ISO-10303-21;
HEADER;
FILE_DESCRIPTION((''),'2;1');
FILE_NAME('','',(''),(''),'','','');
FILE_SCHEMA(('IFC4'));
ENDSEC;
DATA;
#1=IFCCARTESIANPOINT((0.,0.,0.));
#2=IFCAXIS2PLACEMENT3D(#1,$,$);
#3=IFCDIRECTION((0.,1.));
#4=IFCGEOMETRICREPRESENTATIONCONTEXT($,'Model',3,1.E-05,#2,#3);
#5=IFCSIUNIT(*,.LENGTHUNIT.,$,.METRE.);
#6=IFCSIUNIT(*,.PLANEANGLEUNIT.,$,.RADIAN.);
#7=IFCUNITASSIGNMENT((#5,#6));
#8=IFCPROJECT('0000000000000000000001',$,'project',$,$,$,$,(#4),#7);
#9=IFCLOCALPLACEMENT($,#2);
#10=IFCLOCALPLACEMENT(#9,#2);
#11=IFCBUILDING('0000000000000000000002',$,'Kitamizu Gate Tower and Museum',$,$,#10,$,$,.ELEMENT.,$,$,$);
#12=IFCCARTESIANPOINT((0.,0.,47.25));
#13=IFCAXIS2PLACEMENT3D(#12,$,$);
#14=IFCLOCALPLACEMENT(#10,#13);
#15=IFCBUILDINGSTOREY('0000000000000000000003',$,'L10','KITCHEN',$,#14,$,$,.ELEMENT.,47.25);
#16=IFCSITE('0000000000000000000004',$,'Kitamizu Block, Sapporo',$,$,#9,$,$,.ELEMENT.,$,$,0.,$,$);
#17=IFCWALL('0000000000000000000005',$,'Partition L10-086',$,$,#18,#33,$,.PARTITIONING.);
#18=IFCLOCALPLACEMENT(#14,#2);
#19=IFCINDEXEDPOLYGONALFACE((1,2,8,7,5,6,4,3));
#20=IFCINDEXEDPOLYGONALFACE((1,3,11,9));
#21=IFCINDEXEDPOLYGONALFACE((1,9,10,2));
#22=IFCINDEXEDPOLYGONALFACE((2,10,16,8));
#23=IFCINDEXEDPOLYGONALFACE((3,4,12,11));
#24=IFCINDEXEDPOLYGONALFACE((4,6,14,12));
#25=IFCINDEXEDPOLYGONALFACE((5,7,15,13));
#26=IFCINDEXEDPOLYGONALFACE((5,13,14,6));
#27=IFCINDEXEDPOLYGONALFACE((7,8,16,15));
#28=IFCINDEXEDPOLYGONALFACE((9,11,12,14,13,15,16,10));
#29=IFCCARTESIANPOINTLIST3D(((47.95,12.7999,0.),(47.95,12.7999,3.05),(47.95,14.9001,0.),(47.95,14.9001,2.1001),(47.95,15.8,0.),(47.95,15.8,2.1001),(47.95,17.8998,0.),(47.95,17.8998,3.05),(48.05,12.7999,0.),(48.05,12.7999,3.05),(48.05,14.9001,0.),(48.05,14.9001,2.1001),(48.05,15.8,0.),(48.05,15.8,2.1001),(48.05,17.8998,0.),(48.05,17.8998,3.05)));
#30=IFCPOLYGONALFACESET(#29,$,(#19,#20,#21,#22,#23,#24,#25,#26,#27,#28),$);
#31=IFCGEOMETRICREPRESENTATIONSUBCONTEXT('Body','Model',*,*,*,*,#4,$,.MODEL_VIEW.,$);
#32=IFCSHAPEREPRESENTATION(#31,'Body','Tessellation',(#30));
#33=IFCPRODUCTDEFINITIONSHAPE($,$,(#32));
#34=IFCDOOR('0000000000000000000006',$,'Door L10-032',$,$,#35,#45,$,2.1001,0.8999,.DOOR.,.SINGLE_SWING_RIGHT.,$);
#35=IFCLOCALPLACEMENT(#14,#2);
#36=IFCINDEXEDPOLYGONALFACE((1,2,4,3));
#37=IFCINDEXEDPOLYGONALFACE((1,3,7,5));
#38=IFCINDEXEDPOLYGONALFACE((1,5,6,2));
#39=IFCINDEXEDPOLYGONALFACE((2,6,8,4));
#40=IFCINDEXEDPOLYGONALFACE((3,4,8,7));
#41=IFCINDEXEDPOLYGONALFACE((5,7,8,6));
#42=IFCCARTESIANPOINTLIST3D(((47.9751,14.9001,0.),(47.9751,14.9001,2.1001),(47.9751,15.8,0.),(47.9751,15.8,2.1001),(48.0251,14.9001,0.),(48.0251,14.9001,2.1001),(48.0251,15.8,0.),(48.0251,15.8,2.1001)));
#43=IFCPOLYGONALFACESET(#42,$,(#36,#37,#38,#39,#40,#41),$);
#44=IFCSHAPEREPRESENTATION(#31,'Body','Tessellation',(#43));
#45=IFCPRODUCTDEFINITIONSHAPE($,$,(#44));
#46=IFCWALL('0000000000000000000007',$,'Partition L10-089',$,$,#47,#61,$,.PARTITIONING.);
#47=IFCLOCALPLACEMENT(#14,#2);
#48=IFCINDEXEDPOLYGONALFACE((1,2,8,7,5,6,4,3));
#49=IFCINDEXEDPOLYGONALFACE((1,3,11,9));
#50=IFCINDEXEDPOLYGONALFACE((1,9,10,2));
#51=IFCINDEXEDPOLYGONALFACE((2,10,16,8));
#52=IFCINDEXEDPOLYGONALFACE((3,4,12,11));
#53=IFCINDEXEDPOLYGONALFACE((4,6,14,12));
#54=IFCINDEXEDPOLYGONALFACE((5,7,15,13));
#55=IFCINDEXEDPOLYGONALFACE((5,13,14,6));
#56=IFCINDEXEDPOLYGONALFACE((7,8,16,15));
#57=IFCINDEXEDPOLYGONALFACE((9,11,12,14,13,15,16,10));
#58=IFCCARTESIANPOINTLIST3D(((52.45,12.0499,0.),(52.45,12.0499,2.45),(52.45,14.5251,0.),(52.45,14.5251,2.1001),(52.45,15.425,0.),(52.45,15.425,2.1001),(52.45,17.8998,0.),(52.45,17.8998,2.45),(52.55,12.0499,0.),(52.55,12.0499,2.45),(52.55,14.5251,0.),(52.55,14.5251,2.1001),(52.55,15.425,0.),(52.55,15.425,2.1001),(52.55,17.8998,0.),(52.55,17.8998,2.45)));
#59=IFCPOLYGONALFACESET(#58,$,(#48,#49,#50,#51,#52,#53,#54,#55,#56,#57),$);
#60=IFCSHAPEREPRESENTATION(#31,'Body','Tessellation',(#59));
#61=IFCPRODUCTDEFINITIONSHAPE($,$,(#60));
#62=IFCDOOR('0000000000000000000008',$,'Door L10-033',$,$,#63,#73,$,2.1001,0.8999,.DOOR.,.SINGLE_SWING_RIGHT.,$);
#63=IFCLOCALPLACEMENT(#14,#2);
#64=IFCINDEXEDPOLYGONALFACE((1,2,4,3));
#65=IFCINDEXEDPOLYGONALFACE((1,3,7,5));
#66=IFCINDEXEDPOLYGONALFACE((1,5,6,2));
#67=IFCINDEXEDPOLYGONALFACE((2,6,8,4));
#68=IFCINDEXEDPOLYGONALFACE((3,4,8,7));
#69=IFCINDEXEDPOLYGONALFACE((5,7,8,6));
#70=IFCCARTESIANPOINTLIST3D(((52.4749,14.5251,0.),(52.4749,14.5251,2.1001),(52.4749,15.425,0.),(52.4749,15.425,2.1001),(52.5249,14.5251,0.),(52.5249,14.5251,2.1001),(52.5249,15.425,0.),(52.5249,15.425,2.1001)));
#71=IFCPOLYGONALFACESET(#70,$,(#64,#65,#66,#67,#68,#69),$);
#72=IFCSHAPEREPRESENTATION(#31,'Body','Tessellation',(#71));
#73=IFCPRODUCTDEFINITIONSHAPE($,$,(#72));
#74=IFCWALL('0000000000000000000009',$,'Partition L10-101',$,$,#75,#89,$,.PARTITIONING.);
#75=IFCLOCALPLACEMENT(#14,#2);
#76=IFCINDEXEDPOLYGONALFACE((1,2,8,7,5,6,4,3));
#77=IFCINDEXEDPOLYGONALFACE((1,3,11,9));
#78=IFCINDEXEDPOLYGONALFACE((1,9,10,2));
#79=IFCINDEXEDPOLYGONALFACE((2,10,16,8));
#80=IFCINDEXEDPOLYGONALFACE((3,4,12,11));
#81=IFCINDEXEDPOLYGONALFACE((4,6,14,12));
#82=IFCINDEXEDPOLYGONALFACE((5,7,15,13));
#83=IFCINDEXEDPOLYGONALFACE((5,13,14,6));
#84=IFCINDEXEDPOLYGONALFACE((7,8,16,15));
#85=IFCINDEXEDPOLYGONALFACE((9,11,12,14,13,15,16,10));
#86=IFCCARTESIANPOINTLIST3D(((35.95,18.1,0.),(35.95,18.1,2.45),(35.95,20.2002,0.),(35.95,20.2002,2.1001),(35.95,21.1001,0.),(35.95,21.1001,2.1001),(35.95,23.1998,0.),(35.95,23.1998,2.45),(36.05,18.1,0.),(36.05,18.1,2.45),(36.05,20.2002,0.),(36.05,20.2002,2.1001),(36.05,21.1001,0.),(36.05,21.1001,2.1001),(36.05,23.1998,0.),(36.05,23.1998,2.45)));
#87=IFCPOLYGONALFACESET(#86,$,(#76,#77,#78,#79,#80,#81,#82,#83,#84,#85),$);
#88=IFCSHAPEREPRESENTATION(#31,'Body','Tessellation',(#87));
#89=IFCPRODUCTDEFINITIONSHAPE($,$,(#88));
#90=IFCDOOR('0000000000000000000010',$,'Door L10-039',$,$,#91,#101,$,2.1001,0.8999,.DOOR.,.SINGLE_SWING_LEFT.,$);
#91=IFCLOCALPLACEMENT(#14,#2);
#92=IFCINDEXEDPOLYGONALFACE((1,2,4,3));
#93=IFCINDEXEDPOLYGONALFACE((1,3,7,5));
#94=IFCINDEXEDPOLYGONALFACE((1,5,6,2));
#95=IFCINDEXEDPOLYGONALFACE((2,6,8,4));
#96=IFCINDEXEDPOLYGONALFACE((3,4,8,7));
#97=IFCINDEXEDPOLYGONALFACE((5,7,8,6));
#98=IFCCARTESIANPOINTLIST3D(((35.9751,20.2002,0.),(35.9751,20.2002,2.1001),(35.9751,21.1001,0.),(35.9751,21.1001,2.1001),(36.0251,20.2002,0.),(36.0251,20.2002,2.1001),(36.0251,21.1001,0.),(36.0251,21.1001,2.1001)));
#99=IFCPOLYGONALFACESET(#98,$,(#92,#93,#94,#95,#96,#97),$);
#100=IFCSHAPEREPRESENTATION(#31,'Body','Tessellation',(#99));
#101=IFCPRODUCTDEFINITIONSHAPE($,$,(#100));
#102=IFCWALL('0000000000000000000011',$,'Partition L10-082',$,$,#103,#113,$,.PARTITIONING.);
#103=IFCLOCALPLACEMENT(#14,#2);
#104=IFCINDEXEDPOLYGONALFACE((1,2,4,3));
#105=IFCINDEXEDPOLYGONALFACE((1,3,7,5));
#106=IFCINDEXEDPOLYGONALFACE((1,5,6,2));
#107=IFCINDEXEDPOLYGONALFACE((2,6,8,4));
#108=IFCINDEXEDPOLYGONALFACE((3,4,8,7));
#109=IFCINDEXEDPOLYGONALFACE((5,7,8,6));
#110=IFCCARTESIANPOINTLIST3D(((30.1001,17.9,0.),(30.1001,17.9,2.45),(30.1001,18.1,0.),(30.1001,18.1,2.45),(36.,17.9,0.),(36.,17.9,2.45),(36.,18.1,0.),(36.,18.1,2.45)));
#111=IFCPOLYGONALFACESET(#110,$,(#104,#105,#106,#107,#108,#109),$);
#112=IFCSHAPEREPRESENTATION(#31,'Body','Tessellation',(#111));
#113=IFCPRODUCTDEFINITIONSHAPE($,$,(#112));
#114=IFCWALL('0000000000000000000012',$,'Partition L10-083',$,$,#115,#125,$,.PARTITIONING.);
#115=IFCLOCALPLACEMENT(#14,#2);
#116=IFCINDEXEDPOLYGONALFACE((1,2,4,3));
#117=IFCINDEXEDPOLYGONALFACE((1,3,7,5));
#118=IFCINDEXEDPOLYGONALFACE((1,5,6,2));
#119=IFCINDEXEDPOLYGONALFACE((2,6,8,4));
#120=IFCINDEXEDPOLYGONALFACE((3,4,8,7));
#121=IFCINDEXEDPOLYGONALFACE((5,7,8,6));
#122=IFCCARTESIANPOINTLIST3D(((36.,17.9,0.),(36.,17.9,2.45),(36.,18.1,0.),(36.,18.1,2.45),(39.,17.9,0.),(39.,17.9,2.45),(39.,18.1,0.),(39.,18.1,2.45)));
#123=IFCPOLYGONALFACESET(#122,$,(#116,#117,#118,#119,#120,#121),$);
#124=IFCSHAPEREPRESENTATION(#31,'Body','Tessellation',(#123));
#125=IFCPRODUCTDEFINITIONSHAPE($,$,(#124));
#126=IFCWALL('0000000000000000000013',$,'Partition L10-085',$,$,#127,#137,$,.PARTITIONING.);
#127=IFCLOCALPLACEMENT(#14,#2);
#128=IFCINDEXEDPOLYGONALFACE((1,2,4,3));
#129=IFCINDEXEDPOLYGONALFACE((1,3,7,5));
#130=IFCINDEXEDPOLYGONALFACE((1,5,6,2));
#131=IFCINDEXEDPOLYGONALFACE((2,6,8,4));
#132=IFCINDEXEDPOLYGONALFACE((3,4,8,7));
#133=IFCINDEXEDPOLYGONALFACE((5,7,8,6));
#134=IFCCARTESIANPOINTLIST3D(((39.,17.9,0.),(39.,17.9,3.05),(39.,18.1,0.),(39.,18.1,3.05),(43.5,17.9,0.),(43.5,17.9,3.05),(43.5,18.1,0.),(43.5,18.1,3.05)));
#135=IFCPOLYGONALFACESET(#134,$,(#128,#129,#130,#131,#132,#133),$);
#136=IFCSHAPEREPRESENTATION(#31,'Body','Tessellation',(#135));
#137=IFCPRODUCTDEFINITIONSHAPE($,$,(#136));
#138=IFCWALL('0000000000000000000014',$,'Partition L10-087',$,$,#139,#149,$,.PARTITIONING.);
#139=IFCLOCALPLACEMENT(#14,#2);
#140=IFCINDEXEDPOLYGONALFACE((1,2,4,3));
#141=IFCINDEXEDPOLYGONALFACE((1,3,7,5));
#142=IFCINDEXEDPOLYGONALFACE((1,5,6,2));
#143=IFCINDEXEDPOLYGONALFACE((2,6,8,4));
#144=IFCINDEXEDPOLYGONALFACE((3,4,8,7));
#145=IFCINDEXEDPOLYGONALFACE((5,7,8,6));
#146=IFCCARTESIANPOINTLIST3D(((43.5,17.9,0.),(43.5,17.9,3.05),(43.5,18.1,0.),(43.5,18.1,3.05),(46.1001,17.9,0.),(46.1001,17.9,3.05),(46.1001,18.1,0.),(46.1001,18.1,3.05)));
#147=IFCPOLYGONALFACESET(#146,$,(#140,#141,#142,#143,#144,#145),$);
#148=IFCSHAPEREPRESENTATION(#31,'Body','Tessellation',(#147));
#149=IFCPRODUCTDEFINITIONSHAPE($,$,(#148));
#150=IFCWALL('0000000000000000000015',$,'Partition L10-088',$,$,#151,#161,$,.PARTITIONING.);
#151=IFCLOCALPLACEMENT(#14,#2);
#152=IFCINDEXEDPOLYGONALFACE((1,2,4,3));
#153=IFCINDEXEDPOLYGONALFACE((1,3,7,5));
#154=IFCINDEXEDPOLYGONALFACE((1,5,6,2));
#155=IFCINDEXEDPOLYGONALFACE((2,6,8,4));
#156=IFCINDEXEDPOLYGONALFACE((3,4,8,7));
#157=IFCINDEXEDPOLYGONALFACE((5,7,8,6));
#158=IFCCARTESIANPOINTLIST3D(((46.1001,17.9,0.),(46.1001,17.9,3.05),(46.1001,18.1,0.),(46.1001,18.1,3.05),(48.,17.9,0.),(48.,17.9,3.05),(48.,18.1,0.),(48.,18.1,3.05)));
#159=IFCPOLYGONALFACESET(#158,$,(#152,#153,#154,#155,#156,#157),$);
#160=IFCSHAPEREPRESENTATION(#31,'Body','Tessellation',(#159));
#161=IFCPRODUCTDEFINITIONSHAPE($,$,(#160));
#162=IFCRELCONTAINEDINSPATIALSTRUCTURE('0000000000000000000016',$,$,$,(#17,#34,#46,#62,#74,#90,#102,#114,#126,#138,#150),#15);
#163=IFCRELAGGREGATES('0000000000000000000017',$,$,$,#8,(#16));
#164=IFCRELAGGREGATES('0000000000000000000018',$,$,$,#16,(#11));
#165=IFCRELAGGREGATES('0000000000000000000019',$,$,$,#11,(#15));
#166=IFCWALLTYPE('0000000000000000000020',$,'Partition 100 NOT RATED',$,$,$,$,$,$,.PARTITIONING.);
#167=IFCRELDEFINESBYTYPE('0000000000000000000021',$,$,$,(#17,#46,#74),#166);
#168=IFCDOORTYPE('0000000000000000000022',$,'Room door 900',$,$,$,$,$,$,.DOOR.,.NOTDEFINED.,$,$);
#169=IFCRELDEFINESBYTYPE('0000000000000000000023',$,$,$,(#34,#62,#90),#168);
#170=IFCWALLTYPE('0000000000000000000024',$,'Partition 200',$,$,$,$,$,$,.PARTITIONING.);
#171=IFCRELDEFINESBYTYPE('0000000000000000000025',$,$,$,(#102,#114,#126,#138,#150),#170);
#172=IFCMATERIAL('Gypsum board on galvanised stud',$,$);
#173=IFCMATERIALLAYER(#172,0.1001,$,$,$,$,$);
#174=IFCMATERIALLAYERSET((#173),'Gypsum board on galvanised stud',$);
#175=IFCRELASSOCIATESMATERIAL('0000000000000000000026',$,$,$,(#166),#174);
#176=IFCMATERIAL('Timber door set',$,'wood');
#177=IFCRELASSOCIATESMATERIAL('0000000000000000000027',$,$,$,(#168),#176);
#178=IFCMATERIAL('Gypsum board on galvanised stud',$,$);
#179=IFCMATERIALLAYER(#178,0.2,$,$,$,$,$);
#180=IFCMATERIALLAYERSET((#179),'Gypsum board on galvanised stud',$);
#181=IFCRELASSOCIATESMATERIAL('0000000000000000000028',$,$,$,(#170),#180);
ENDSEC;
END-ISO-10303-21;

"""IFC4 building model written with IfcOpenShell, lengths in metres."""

from ifc_helpers import new_model, si_unit, direction, frame, frame_2d, origin, place, context, subcontext, project, spatial, rectangle, extrude, material, layer, layer_set, type_object, element, fill, save


model = new_model("IFC4")

# Units and contexts
model_context = context("Model", 3, precision=1e-05, world=origin(), true_north=direction((0.0, 1.0)))
body_context = subcontext(model_context, "Body", "Model", "MODEL_VIEW")
ifc_project = project(units=[si_unit("LENGTHUNIT", "METRE"), si_unit("PLANEANGLEUNIT", "RADIAN")], contexts=[model_context])

# Site, building, storey
site_placement = place(None, origin())
site = spatial("IfcSite", under=ifc_project, at=site_placement, Name="Kitamizu Block, Sapporo", CompositionType="ELEMENT", RefElevation=0.0)
building_placement = place(site_placement, origin())
building = spatial("IfcBuilding", under=site, at=building_placement, Name="Kitamizu Gate Tower and Museum", CompositionType="ELEMENT")
storey_placement = place(building_placement, frame((0.0, 0.0, 47.25)))
storey = spatial("IfcBuildingStorey", under=building, at=storey_placement, Name="L10", Description="KITCHEN", CompositionType="ELEMENT", Elevation=47.25)

# Shared definitions
ifc_material_1 = material(Name="Gypsum board on galvanised stud")
ifc_layer_1 = layer(ifc_material_1, 0.1001)
ifc_layer_set_1 = layer_set([ifc_layer_1], Name="Gypsum board on galvanised stud")
wall_type_1 = type_object("IfcWallType", Name="Partition 100 NOT RATED", PredefinedType="PARTITIONING", material=ifc_layer_set_1)
ifc_material_2 = material(Name="Timber door set", Category="wood")
door_type_1 = type_object("IfcDoorType", Name="Room door 900", OperationType="NOTDEFINED", PredefinedType="DOOR", material=ifc_material_2)

# Walls, openings, doors
wall_1_placement = place(storey_placement, frame((48.0, 12.8, 0.0), z_axis=(0.0, 0.0, 1.0), x_axis=(0.0, 1.0, 0.0)))
wall_1 = element("IfcWall", 1, at=wall_1_placement, inside=storey, type_object=wall_type_1, Name="Partition L10-086", PredefinedType="PARTITIONING", context=body_context, shape_type="SweptSolid", body=[
    extrude(rectangle(XDim=5.0999, YDim=0.1001, at=frame_2d((2.5498, 0.0))), origin(), (0.0, 0.0, 1.0), 3.05),
])
opening_1_placement = place(wall_1_placement, frame((2.1001, 0.0, 0.0)))
opening_1 = element("IfcOpeningElement", 2, at=opening_1_placement, cuts=wall_1, PredefinedType="OPENING", context=body_context, shape_type="SweptSolid", body=[
    extrude(rectangle(XDim=0.8999, YDim=2.1001, at=frame_2d((0.45, 1.05))), frame((0.0, 0.0601, 0.0), z_axis=(0.0, -1.0, 0.0), x_axis=(1.0, 0.0, 0.0)), (0.0, 0.0, 1.0), 0.1201),
])
door_1_placement = place(opening_1_placement, origin())
door_1 = element("IfcDoor", 3, at=door_1_placement, inside=storey, type_object=door_type_1, Name="Door L10-032", OperationType="SINGLE_SWING_RIGHT", OverallHeight=2.1001, OverallWidth=0.8999, PredefinedType="DOOR", context=body_context, shape_type="SweptSolid", body=[
    extrude(rectangle(XDim=0.8999, YDim=2.1001, at=frame_2d((0.45, 1.05))), frame((0.0, 0.0249, 0.0), z_axis=(0.0, -1.0, 0.0), x_axis=(1.0, 0.0, 0.0)), (0.0, 0.0, 1.0), 0.05),
])
fill(opening_1, door_1)
wall_2_placement = place(storey_placement, frame((52.5, 12.05, 0.0), z_axis=(0.0, 0.0, 1.0), x_axis=(0.0, 1.0, 0.0)))
wall_2 = element("IfcWall", 4, at=wall_2_placement, inside=storey, type_object=wall_type_1, Name="Partition L10-089", PredefinedType="PARTITIONING", context=body_context, shape_type="SweptSolid", body=[
    extrude(rectangle(XDim=5.8499, YDim=0.1001, at=frame_2d((2.9248, 0.0))), origin(), (0.0, 0.0, 1.0), 2.45),
])
opening_2_placement = place(wall_2_placement, frame((2.4751, 0.0, 0.0)))
opening_2 = element("IfcOpeningElement", 5, at=opening_2_placement, cuts=wall_2, PredefinedType="OPENING", context=body_context, shape_type="SweptSolid", body=[
    extrude(rectangle(XDim=0.8999, YDim=2.1001, at=frame_2d((0.45, 1.05))), frame((0.0, 0.0601, 0.0), z_axis=(0.0, -1.0, 0.0), x_axis=(1.0, 0.0, 0.0)), (0.0, 0.0, 1.0), 0.1201),
])
door_2_placement = place(opening_2_placement, frame((0.8999, 0.0, 0.0), x_axis=(-1.0, 0.0, 0.0)))
door_2 = element("IfcDoor", 6, at=door_2_placement, inside=storey, type_object=door_type_1, Name="Door L10-033", OperationType="SINGLE_SWING_RIGHT", OverallHeight=2.1001, OverallWidth=0.8999, PredefinedType="DOOR", context=body_context, shape_type="SweptSolid", body=[
    extrude(rectangle(XDim=0.8999, YDim=2.1001, at=frame_2d((0.45, 1.05))), frame((0.0, 0.0249, 0.0), z_axis=(0.0, -1.0, 0.0), x_axis=(1.0, 0.0, 0.0)), (0.0, 0.0, 1.0), 0.05),
])
fill(opening_2, door_2)
wall_3_placement = place(storey_placement, frame((36.0, 18.1001, 0.0), z_axis=(0.0, 0.0, 1.0), x_axis=(0.0, 1.0, 0.0)))
wall_3 = element("IfcWall", 7, at=wall_3_placement, inside=storey, type_object=wall_type_1, Name="Partition L10-101", PredefinedType="PARTITIONING", context=body_context, shape_type="SweptSolid", body=[
    extrude(rectangle(XDim=5.0999, YDim=0.1001, at=frame_2d((2.5498, 0.0))), origin(), (0.0, 0.0, 1.0), 2.45),
])
opening_3_placement = place(wall_3_placement, frame((2.1001, 0.0, 0.0)))
opening_3 = element("IfcOpeningElement", 8, at=opening_3_placement, cuts=wall_3, PredefinedType="OPENING", context=body_context, shape_type="SweptSolid", body=[
    extrude(rectangle(XDim=0.8999, YDim=2.1001, at=frame_2d((0.45, 1.05))), frame((0.0, 0.0601, 0.0), z_axis=(0.0, -1.0, 0.0), x_axis=(1.0, 0.0, 0.0)), (0.0, 0.0, 1.0), 0.1201),
])
door_3_placement = place(opening_3_placement, origin())
door_3 = element("IfcDoor", 9, at=door_3_placement, inside=storey, type_object=door_type_1, Name="Door L10-039", OperationType="SINGLE_SWING_LEFT", OverallHeight=2.1001, OverallWidth=0.8999, PredefinedType="DOOR", context=body_context, shape_type="SweptSolid", body=[
    extrude(rectangle(XDim=0.8999, YDim=2.1001, at=frame_2d((0.45, 1.05))), frame((0.0, 0.0249, 0.0), z_axis=(0.0, -1.0, 0.0), x_axis=(1.0, 0.0, 0.0)), (0.0, 0.0, 1.0), 0.05),
])
fill(opening_3, door_3)

# Walls
ifc_material_3 = material(Name="Gypsum board on galvanised stud")
ifc_layer_2 = layer(ifc_material_3, 0.2)
ifc_layer_set_2 = layer_set([ifc_layer_2], Name="Gypsum board on galvanised stud")
wall_type_2 = type_object("IfcWallType", Name="Partition 200", PredefinedType="PARTITIONING", material=ifc_layer_set_2)
wall_4_placement = place(storey_placement, frame((36.0, 18.0, 0.0), z_axis=(0.0, 0.0, 1.0), x_axis=(-1.0, 0.0, 0.0)))
element("IfcWall", 10, at=wall_4_placement, inside=storey, type_object=wall_type_2, Name="Partition L10-082", PredefinedType="PARTITIONING", context=body_context, shape_type="SweptSolid", body=[
    extrude(rectangle(XDim=5.8999, YDim=0.2, at=frame_2d((2.95, 0.0))), origin(), (0.0, 0.0, 1.0), 2.45),
])
wall_5_placement = place(storey_placement, frame((39.0, 18.0, 0.0), z_axis=(0.0, 0.0, 1.0), x_axis=(-1.0, 0.0, 0.0)))
element("IfcWall", 11, at=wall_5_placement, inside=storey, type_object=wall_type_2, Name="Partition L10-083", PredefinedType="PARTITIONING", context=body_context, shape_type="SweptSolid", body=[
    extrude(rectangle(XDim=3.0, YDim=0.2, at=frame_2d((1.5, 0.0))), origin(), (0.0, 0.0, 1.0), 2.45),
])
wall_6_placement = place(storey_placement, frame((43.5, 18.0, 0.0), z_axis=(0.0, 0.0, 1.0), x_axis=(-1.0, 0.0, 0.0)))
element("IfcWall", 12, at=wall_6_placement, inside=storey, type_object=wall_type_2, Name="Partition L10-085", PredefinedType="PARTITIONING", context=body_context, shape_type="SweptSolid", body=[
    extrude(rectangle(XDim=4.5, YDim=0.2, at=frame_2d((2.25, 0.0))), origin(), (0.0, 0.0, 1.0), 3.05),
])
wall_7_placement = place(storey_placement, frame((46.1001, 18.0, 0.0), z_axis=(0.0, 0.0, 1.0), x_axis=(-1.0, 0.0, 0.0)))
element("IfcWall", 13, at=wall_7_placement, inside=storey, type_object=wall_type_2, Name="Partition L10-087", PredefinedType="PARTITIONING", context=body_context, shape_type="SweptSolid", body=[
    extrude(rectangle(XDim=2.6001, YDim=0.2, at=frame_2d((1.3, 0.0))), origin(), (0.0, 0.0, 1.0), 3.05),
])
wall_8_placement = place(storey_placement, frame((48.0, 18.0, 0.0), z_axis=(0.0, 0.0, 1.0), x_axis=(-1.0, 0.0, 0.0)))
element("IfcWall", 14, at=wall_8_placement, inside=storey, type_object=wall_type_2, Name="Partition L10-088", PredefinedType="PARTITIONING", context=body_context, shape_type="SweptSolid", body=[
    extrude(rectangle(XDim=1.8999, YDim=0.2, at=frame_2d((0.95, 0.0))), origin(), (0.0, 0.0, 1.0), 3.05),
])

save(model, "model.ifc")
